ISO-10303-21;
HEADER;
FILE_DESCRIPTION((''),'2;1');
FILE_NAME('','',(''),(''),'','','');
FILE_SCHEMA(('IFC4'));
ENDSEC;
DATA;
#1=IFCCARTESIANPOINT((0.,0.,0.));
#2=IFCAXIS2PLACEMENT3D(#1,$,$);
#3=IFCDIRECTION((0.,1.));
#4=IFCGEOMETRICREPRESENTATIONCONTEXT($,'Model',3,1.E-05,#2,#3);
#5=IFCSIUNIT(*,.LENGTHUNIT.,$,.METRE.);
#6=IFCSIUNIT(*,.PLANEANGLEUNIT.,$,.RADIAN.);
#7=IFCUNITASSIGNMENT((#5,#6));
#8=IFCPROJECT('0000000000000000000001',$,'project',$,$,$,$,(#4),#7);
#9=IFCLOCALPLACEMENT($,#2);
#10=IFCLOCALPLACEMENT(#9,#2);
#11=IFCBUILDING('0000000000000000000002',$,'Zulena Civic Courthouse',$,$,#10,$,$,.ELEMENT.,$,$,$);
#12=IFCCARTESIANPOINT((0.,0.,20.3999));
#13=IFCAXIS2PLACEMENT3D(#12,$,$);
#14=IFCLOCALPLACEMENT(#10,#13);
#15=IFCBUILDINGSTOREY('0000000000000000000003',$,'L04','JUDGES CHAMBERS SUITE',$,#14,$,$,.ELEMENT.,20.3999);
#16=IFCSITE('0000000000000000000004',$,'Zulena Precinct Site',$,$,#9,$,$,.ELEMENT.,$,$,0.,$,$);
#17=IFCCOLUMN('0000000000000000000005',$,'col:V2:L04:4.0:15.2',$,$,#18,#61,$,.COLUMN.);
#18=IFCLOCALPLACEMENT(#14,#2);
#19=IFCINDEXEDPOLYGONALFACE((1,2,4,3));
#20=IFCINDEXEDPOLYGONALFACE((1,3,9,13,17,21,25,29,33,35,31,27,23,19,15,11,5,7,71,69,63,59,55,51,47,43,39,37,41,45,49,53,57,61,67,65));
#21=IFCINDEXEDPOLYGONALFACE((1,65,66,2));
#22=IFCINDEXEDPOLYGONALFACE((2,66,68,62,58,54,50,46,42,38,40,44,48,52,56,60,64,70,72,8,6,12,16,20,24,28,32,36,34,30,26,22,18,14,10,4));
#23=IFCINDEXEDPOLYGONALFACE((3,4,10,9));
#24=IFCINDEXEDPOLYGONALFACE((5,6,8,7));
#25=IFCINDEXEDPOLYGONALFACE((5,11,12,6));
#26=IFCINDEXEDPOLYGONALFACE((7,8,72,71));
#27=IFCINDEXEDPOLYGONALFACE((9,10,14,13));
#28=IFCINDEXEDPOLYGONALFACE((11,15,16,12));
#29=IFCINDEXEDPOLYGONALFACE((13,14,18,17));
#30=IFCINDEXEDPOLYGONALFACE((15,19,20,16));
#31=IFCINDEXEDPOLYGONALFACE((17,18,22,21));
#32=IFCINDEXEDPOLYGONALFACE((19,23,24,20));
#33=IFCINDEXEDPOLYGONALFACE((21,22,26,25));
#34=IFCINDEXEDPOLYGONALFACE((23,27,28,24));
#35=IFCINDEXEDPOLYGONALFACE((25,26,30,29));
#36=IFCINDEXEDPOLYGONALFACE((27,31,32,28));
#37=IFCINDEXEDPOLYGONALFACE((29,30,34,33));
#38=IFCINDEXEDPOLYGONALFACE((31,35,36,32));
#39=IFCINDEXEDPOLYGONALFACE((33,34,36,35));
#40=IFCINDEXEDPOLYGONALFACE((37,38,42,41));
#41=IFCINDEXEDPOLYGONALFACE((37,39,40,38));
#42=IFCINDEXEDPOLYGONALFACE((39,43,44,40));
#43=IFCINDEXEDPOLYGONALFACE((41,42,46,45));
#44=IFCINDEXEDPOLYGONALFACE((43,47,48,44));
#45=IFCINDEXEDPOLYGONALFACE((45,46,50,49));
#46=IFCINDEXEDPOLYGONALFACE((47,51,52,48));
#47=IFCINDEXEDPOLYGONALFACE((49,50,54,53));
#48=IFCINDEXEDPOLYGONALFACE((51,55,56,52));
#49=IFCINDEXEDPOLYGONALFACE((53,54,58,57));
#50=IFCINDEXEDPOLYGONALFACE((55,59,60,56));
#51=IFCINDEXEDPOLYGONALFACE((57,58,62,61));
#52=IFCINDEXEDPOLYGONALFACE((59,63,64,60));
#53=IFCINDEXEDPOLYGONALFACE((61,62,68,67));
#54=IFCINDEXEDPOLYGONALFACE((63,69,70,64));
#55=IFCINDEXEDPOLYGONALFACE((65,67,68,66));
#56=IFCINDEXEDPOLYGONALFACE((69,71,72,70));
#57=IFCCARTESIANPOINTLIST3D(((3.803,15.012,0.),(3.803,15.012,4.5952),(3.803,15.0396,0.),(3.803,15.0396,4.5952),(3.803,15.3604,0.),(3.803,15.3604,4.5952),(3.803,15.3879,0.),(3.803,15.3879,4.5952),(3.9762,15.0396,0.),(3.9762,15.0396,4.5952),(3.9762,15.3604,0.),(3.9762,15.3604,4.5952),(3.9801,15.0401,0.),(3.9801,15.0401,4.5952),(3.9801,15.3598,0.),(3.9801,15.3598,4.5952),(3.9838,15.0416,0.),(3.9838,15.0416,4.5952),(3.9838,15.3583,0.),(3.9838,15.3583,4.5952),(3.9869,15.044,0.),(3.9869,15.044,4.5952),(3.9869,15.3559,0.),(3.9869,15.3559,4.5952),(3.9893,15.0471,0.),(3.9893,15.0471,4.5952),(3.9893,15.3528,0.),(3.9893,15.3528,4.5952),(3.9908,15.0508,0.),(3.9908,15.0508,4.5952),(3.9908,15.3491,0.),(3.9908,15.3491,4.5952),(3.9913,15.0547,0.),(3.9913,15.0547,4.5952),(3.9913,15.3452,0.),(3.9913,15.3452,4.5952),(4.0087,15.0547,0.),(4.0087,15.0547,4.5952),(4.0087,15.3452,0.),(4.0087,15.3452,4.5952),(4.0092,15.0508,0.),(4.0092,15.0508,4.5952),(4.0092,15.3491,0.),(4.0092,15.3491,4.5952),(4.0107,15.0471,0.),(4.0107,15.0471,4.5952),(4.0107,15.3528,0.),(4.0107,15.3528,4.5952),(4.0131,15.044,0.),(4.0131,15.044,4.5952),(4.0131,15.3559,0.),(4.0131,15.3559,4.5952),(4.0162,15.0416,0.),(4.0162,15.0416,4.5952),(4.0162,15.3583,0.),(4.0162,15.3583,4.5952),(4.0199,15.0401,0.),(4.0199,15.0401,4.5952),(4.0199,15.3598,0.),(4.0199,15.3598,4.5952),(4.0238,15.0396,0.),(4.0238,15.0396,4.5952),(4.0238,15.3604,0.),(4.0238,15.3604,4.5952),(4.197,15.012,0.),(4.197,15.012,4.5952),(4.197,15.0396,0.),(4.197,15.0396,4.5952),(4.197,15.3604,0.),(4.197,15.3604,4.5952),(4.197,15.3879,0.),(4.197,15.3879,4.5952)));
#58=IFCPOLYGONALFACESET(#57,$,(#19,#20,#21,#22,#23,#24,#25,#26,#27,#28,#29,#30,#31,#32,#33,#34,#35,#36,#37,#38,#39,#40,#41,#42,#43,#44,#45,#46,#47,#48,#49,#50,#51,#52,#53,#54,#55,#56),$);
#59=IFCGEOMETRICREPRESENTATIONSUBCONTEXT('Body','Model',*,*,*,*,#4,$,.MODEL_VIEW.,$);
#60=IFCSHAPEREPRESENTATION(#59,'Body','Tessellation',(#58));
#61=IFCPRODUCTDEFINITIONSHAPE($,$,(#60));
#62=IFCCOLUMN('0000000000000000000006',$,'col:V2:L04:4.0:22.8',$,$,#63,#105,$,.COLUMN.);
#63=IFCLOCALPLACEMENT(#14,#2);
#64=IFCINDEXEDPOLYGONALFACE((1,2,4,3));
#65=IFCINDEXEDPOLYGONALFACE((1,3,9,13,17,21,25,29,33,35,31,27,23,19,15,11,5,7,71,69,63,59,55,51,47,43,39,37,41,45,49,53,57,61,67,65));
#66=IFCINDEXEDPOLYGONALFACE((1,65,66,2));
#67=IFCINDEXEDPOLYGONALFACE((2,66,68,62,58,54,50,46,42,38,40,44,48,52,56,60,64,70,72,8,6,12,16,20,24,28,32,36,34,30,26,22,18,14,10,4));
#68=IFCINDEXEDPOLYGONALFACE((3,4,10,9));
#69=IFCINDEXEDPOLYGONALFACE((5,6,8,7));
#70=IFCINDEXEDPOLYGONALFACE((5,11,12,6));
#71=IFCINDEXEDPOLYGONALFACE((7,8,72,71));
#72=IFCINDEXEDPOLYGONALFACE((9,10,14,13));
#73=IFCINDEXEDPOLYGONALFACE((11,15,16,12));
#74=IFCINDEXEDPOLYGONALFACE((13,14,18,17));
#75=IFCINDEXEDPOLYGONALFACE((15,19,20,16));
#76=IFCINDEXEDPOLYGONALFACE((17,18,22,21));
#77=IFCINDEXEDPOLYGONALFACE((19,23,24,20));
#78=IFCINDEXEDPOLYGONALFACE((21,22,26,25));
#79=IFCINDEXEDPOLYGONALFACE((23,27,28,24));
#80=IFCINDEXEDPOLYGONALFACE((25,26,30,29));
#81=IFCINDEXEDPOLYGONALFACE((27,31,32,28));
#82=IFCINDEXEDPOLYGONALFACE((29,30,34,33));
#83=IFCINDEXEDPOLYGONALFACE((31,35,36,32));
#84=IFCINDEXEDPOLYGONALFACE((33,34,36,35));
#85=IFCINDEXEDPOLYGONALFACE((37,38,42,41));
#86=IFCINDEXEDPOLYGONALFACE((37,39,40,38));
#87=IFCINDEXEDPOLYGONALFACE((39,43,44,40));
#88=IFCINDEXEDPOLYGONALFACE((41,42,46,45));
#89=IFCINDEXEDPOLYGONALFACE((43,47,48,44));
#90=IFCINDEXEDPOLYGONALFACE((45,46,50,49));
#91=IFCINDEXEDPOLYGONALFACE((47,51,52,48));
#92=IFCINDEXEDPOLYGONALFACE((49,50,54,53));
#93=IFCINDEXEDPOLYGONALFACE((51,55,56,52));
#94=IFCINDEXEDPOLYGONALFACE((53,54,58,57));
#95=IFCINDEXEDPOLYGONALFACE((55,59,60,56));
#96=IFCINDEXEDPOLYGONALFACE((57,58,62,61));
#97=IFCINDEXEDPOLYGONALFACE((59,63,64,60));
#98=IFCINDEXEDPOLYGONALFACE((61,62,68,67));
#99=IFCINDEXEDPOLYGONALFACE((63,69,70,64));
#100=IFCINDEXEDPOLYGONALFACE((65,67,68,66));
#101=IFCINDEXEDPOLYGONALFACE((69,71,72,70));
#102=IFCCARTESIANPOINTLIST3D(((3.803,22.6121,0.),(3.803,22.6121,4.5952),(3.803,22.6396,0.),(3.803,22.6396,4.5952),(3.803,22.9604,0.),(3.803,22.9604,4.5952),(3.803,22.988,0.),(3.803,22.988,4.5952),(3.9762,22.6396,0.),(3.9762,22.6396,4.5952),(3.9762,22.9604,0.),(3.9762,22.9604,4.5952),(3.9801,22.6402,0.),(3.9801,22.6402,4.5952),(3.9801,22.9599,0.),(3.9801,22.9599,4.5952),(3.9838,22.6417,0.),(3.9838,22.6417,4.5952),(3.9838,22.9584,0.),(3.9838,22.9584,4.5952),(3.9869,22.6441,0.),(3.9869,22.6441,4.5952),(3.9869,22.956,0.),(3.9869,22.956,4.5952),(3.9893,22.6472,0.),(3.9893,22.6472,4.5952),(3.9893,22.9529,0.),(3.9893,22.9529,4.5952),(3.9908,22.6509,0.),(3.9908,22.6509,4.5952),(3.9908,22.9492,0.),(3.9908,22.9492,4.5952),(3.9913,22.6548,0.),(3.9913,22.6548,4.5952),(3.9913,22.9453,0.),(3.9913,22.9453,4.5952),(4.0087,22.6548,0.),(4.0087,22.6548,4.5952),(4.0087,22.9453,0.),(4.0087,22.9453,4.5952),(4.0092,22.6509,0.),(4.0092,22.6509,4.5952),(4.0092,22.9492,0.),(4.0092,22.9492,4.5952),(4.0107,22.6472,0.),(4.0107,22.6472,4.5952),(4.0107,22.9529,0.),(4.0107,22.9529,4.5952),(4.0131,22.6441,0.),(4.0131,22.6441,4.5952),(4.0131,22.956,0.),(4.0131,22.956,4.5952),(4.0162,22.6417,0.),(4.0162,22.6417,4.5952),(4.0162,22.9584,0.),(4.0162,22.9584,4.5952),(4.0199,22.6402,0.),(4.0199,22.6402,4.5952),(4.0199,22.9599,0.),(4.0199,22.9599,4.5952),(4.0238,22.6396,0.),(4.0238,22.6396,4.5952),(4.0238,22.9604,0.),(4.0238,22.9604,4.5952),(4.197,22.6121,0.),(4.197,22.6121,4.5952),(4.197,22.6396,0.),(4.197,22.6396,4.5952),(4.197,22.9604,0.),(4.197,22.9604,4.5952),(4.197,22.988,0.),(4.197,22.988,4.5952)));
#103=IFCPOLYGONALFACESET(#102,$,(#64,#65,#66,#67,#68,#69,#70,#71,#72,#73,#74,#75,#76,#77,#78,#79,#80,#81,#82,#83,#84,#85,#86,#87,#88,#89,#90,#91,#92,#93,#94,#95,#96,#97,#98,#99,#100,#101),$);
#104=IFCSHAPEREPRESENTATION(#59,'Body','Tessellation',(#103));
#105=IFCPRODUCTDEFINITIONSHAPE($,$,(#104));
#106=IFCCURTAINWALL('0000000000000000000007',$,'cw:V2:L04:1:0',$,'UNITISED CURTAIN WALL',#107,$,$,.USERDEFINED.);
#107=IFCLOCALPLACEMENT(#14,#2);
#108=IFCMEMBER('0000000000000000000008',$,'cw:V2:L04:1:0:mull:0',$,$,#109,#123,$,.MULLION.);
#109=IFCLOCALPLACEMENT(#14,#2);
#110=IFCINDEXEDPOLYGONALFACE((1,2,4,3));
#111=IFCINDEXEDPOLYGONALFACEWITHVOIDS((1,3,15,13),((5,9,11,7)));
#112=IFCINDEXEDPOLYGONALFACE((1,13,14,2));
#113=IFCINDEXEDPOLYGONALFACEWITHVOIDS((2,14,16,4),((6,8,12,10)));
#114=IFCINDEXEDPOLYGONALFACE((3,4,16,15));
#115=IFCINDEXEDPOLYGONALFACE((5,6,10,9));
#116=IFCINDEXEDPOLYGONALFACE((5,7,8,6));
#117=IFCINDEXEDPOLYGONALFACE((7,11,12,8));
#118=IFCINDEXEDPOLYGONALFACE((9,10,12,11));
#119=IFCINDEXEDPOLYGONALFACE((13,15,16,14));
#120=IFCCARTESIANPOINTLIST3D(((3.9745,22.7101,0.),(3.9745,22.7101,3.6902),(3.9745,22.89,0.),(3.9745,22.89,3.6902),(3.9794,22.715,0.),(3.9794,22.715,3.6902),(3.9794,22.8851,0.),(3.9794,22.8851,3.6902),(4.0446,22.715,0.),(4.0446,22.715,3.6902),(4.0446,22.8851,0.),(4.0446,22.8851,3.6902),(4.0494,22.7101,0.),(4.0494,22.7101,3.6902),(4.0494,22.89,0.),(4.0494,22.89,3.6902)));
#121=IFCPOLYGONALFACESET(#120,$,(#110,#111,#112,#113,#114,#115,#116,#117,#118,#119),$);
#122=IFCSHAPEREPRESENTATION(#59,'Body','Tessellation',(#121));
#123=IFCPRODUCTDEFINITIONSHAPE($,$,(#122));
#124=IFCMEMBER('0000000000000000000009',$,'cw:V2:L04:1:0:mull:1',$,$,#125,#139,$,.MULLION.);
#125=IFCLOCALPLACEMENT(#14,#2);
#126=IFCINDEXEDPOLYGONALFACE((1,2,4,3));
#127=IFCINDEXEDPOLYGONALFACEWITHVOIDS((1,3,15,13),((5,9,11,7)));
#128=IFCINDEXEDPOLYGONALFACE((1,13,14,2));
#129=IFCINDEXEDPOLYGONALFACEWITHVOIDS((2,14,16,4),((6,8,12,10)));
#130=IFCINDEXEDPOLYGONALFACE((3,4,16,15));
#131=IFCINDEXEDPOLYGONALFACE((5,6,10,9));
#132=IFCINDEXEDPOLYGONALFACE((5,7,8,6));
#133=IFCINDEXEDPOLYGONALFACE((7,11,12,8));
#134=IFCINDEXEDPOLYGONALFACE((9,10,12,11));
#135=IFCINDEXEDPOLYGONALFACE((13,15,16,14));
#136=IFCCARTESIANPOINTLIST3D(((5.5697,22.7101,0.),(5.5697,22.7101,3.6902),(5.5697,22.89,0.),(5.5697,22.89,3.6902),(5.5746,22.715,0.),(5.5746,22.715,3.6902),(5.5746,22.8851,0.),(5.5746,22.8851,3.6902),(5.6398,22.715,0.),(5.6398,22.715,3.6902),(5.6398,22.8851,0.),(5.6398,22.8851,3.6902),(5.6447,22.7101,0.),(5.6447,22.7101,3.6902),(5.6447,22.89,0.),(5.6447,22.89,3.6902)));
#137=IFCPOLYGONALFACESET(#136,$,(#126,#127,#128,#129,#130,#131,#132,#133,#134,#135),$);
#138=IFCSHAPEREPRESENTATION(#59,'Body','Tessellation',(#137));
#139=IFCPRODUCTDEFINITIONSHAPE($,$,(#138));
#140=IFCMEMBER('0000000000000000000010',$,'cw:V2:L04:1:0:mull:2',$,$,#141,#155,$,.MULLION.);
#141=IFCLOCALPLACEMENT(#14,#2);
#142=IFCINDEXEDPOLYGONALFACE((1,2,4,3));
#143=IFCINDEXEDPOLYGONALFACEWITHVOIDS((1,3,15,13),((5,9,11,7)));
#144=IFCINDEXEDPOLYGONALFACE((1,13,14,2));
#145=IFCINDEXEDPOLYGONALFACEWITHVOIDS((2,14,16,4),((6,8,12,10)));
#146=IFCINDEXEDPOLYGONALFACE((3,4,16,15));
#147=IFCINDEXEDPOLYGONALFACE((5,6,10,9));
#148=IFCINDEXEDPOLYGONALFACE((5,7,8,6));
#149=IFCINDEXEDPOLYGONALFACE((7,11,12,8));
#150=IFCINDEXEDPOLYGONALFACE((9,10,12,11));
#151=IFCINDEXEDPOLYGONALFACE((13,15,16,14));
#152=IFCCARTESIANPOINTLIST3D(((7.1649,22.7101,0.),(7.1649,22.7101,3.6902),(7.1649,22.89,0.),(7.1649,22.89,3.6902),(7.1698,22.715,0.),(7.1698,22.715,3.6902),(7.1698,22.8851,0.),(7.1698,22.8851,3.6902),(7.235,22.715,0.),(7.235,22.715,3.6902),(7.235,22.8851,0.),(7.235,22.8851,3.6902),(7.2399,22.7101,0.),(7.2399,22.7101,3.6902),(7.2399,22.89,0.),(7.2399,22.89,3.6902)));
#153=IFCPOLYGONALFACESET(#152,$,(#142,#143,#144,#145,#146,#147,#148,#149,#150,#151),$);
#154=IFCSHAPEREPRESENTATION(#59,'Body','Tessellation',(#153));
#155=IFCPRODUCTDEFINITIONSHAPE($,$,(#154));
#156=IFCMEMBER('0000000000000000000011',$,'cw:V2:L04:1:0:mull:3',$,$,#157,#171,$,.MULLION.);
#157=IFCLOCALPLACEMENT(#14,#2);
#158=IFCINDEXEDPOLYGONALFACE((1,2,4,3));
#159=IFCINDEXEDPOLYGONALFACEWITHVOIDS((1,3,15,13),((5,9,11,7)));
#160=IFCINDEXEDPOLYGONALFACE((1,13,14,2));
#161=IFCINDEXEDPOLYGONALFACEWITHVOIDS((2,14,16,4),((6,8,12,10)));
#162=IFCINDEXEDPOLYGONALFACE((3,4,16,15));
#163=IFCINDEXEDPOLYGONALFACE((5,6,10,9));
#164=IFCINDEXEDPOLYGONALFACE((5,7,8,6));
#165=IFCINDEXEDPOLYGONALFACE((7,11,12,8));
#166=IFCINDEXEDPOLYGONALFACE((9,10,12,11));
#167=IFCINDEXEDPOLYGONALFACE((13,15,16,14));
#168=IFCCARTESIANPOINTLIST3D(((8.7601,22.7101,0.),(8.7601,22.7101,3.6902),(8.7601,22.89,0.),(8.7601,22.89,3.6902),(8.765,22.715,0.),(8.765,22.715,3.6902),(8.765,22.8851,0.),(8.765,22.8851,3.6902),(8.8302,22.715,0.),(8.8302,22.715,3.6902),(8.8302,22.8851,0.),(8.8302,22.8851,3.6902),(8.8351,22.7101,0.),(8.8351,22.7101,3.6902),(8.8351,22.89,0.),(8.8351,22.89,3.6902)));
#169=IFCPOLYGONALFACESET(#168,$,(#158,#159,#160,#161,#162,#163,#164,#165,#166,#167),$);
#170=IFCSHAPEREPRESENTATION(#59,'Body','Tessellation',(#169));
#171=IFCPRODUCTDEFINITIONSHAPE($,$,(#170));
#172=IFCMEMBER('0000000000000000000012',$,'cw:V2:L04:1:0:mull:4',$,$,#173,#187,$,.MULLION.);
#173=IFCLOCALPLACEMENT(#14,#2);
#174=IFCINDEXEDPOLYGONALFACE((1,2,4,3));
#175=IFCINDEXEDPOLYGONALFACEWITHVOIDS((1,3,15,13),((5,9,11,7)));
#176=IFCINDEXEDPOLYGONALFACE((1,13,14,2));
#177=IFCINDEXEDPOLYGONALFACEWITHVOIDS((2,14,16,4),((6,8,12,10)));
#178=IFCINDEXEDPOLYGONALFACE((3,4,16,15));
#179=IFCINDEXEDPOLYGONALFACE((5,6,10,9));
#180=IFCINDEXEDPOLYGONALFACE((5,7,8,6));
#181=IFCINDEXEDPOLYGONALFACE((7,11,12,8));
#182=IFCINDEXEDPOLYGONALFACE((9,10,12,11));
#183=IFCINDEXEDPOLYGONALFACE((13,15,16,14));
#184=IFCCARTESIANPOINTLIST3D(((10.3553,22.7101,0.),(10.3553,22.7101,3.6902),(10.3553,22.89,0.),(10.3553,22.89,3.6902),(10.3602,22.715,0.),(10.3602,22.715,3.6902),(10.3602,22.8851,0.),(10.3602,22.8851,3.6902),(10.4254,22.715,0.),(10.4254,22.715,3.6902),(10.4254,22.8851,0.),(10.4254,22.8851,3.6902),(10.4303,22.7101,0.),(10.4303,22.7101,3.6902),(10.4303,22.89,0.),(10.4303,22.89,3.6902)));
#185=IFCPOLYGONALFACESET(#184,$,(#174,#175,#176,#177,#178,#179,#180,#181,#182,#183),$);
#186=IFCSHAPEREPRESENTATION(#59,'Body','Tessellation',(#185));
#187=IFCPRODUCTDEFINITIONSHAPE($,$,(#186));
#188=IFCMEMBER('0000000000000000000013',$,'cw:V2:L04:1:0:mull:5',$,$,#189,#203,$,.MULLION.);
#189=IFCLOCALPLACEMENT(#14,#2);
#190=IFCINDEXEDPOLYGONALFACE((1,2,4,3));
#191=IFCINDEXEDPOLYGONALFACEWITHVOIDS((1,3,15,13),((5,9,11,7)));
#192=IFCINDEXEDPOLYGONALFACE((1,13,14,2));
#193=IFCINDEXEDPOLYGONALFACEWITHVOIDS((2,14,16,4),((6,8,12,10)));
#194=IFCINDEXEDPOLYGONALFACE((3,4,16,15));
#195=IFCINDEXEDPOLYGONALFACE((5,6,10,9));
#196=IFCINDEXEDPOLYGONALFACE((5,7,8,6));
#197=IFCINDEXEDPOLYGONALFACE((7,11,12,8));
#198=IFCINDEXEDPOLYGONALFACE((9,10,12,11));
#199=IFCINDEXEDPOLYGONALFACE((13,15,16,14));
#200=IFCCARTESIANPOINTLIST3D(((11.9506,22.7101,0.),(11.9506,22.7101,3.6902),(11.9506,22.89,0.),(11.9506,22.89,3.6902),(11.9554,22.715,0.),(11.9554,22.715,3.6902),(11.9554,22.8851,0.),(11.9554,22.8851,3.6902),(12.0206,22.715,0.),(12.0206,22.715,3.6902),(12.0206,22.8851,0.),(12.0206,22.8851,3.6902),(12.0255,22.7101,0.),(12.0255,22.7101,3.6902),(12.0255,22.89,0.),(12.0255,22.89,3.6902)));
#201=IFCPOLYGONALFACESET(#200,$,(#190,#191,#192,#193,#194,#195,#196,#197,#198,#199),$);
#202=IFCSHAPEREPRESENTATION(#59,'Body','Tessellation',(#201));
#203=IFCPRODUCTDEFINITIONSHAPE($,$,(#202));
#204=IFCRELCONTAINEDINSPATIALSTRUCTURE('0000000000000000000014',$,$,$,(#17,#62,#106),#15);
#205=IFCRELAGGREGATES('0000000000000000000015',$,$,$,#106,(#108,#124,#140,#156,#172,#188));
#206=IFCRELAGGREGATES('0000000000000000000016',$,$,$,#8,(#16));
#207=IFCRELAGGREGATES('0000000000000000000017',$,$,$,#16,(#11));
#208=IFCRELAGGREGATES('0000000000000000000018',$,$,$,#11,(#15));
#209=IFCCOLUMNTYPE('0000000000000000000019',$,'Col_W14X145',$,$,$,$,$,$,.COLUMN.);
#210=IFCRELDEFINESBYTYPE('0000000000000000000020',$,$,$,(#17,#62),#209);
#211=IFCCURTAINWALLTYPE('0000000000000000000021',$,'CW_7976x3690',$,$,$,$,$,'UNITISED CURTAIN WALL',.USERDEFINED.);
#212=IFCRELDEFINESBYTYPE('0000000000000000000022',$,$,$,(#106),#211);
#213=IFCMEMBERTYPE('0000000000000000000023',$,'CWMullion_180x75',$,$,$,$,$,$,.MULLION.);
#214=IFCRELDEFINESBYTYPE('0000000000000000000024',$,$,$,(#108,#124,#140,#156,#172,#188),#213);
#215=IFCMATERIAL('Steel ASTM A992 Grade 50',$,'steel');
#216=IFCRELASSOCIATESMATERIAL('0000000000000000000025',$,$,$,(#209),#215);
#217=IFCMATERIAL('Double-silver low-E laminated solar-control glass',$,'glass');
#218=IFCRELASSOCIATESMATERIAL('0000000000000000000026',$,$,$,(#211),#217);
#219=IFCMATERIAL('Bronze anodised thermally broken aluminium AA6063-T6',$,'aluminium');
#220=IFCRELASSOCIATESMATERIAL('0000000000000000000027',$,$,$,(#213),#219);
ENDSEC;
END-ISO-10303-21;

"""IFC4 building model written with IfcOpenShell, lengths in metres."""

from ifc_helpers import new_model, si_unit, direction, frame, origin, origin_2d, place, context, subcontext, project, spatial, hollow_rectangle, i_section, extrude, material, material_profile, profile_set, type_object, element, aggregate, save


model = new_model("IFC4")

# Units and contexts
model_context = context("Model", 3, precision=1e-05, world=origin(), true_north=direction((0.0, 1.0)))
body_context = subcontext(model_context, "Body", "Model", "MODEL_VIEW")
ifc_project = project(units=[si_unit("LENGTHUNIT", "METRE"), si_unit("PLANEANGLEUNIT", "RADIAN")], contexts=[model_context])

# Site, building, storey
site_placement = place(None, origin())
site = spatial("IfcSite", under=ifc_project, at=site_placement, Name="Zulena Precinct Site", CompositionType="ELEMENT", RefElevation=0.0)
building_placement = place(site_placement, origin())
building = spatial("IfcBuilding", under=site, at=building_placement, Name="Zulena Civic Courthouse", CompositionType="ELEMENT")
storey_placement = place(building_placement, frame((0.0, 0.0, 20.3999)))
storey = spatial("IfcBuildingStorey", under=building, at=storey_placement, Name="L04", Description="JUDGES CHAMBERS SUITE", CompositionType="ELEMENT", Elevation=20.3999)

# Columns
ifc_material_1 = material(Name="Steel ASTM A992 Grade 50", Category="steel")
ifc_material_profile_1 = material_profile(ifc_material_1, i_section(OverallWidth=0.394, OverallDepth=0.376, WebThickness=0.0173, FlangeThickness=0.0276, FilletRadius=0.0151, at=origin_2d()), Name="W14X145")
ifc_profile_set_1 = profile_set([ifc_material_profile_1], Name="Steel ASTM A992 Grade 50")
column_type = type_object("IfcColumnType", Name="Col_W14X145", PredefinedType="COLUMN", material=ifc_profile_set_1)
for number, where, z_axis, x_axis, name in (
    (1, (4.0, 15.2, 0.0), (0.0, 0.0, 1.0), (1.0, 0.0, 0.0), "col:V2:L04:4.0:15.2"),
    (2, (4.0, 22.8, 0.0), (0.0, 0.0, 1.0), (1.0, 0.0, 0.0), "col:V2:L04:4.0:22.8"),
):
    element("IfcColumn", number, at=place(storey_placement, frame(where, z_axis=z_axis, x_axis=x_axis)), inside=storey, type_object=column_type, Name=name, PredefinedType="COLUMN", context=body_context, shape_type="SweptSolid", body=[
        extrude(i_section(OverallWidth=0.394, OverallDepth=0.376, WebThickness=0.0173, FlangeThickness=0.0276, FilletRadius=0.0151, at=origin_2d()), origin(), (0.0, 0.0, 1.0), 4.5952),
    ])

# Curtain wall, members
ifc_material_2 = material(Name="Double-silver low-E laminated solar-control glass", Category="glass")
curtain_wall_type = type_object("IfcCurtainWallType", Name="CW_7976x3690", ElementType="UNITISED CURTAIN WALL", PredefinedType="USERDEFINED", material=ifc_material_2)
curtain_wall_placement = place(storey_placement, origin())
curtain_wall = element("IfcCurtainWall", 3, at=curtain_wall_placement, inside=storey, type_object=curtain_wall_type, Name="cw:V2:L04:1:0", ObjectType="UNITISED CURTAIN WALL", PredefinedType="USERDEFINED")
ifc_material_3 = material(Name="Bronze anodised thermally broken aluminium AA6063-T6", Category="aluminium")
ifc_material_profile_2 = material_profile(ifc_material_3, hollow_rectangle(XDim=0.075, YDim=0.1799, WallThickness=0.0049, at=origin_2d()), Name="CWM180X75X5")
ifc_profile_set_2 = profile_set([ifc_material_profile_2], Name="Bronze anodised thermally broken aluminium AA6063-T6")
member_type_1 = type_object("IfcMemberType", Name="CWMullion_180x75", PredefinedType="MULLION", material=ifc_profile_set_2)
member_1_placement = place(storey_placement, frame((4.012, 22.8, 0.0), z_axis=(0.0, 0.0, 1.0), x_axis=(1.0, 0.0, 0.0)))
member_1 = element("IfcMember", 4, at=member_1_placement, type_object=member_type_1, Name="cw:V2:L04:1:0:mull:0", PredefinedType="MULLION", context=body_context, shape_type="SweptSolid", body=[
    extrude(hollow_rectangle(XDim=0.075, YDim=0.1799, WallThickness=0.0049, at=origin_2d()), origin(), (0.0, 0.0, 1.0), 3.6902),
])
member_2_placement = place(storey_placement, frame((5.6072, 22.8, 0.0), z_axis=(0.0, 0.0, 1.0), x_axis=(1.0, 0.0, 0.0)))
member_2 = element("IfcMember", 5, at=member_2_placement, type_object=member_type_1, Name="cw:V2:L04:1:0:mull:1", PredefinedType="MULLION", context=body_context, shape_type="SweptSolid", body=[
    extrude(hollow_rectangle(XDim=0.075, YDim=0.1799, WallThickness=0.0049, at=origin_2d()), origin(), (0.0, 0.0, 1.0), 3.6902),
])
member_3_placement = place(storey_placement, frame((7.2024, 22.8, 0.0), z_axis=(0.0, 0.0, 1.0), x_axis=(1.0, 0.0, 0.0)))
member_3 = element("IfcMember", 6, at=member_3_placement, type_object=member_type_1, Name="cw:V2:L04:1:0:mull:2", PredefinedType="MULLION", context=body_context, shape_type="SweptSolid", body=[
    extrude(hollow_rectangle(XDim=0.075, YDim=0.1799, WallThickness=0.0049, at=origin_2d()), origin(), (0.0, 0.0, 1.0), 3.6902),
])
member_4_placement = place(storey_placement, frame((8.7976, 22.8, 0.0), z_axis=(0.0, 0.0, 1.0), x_axis=(1.0, 0.0, 0.0)))
member_4 = element("IfcMember", 7, at=member_4_placement, type_object=member_type_1, Name="cw:V2:L04:1:0:mull:3", PredefinedType="MULLION", context=body_context, shape_type="SweptSolid", body=[
    extrude(hollow_rectangle(XDim=0.075, YDim=0.1799, WallThickness=0.0049, at=origin_2d()), origin(), (0.0, 0.0, 1.0), 3.6902),
])
member_5_placement = place(storey_placement, frame((10.3928, 22.8, 0.0), z_axis=(0.0, 0.0, 1.0), x_axis=(1.0, 0.0, 0.0)))
member_5 = element("IfcMember", 8, at=member_5_placement, type_object=member_type_1, Name="cw:V2:L04:1:0:mull:4", PredefinedType="MULLION", context=body_context, shape_type="SweptSolid", body=[
    extrude(hollow_rectangle(XDim=0.075, YDim=0.1799, WallThickness=0.0049, at=origin_2d()), origin(), (0.0, 0.0, 1.0), 3.6902),
])
member_6_placement = place(storey_placement, frame((11.988, 22.8, 0.0), z_axis=(0.0, 0.0, 1.0), x_axis=(1.0, 0.0, 0.0)))
member_6 = element("IfcMember", 9, at=member_6_placement, type_object=member_type_1, Name="cw:V2:L04:1:0:mull:5", PredefinedType="MULLION", context=body_context, shape_type="SweptSolid", body=[
    extrude(hollow_rectangle(XDim=0.075, YDim=0.1799, WallThickness=0.0049, at=origin_2d()), origin(), (0.0, 0.0, 1.0), 3.6902),
])

aggregate(curtain_wall, [member_1, member_2, member_3, member_4, member_5, member_6])

save(model, "model.ifc")
